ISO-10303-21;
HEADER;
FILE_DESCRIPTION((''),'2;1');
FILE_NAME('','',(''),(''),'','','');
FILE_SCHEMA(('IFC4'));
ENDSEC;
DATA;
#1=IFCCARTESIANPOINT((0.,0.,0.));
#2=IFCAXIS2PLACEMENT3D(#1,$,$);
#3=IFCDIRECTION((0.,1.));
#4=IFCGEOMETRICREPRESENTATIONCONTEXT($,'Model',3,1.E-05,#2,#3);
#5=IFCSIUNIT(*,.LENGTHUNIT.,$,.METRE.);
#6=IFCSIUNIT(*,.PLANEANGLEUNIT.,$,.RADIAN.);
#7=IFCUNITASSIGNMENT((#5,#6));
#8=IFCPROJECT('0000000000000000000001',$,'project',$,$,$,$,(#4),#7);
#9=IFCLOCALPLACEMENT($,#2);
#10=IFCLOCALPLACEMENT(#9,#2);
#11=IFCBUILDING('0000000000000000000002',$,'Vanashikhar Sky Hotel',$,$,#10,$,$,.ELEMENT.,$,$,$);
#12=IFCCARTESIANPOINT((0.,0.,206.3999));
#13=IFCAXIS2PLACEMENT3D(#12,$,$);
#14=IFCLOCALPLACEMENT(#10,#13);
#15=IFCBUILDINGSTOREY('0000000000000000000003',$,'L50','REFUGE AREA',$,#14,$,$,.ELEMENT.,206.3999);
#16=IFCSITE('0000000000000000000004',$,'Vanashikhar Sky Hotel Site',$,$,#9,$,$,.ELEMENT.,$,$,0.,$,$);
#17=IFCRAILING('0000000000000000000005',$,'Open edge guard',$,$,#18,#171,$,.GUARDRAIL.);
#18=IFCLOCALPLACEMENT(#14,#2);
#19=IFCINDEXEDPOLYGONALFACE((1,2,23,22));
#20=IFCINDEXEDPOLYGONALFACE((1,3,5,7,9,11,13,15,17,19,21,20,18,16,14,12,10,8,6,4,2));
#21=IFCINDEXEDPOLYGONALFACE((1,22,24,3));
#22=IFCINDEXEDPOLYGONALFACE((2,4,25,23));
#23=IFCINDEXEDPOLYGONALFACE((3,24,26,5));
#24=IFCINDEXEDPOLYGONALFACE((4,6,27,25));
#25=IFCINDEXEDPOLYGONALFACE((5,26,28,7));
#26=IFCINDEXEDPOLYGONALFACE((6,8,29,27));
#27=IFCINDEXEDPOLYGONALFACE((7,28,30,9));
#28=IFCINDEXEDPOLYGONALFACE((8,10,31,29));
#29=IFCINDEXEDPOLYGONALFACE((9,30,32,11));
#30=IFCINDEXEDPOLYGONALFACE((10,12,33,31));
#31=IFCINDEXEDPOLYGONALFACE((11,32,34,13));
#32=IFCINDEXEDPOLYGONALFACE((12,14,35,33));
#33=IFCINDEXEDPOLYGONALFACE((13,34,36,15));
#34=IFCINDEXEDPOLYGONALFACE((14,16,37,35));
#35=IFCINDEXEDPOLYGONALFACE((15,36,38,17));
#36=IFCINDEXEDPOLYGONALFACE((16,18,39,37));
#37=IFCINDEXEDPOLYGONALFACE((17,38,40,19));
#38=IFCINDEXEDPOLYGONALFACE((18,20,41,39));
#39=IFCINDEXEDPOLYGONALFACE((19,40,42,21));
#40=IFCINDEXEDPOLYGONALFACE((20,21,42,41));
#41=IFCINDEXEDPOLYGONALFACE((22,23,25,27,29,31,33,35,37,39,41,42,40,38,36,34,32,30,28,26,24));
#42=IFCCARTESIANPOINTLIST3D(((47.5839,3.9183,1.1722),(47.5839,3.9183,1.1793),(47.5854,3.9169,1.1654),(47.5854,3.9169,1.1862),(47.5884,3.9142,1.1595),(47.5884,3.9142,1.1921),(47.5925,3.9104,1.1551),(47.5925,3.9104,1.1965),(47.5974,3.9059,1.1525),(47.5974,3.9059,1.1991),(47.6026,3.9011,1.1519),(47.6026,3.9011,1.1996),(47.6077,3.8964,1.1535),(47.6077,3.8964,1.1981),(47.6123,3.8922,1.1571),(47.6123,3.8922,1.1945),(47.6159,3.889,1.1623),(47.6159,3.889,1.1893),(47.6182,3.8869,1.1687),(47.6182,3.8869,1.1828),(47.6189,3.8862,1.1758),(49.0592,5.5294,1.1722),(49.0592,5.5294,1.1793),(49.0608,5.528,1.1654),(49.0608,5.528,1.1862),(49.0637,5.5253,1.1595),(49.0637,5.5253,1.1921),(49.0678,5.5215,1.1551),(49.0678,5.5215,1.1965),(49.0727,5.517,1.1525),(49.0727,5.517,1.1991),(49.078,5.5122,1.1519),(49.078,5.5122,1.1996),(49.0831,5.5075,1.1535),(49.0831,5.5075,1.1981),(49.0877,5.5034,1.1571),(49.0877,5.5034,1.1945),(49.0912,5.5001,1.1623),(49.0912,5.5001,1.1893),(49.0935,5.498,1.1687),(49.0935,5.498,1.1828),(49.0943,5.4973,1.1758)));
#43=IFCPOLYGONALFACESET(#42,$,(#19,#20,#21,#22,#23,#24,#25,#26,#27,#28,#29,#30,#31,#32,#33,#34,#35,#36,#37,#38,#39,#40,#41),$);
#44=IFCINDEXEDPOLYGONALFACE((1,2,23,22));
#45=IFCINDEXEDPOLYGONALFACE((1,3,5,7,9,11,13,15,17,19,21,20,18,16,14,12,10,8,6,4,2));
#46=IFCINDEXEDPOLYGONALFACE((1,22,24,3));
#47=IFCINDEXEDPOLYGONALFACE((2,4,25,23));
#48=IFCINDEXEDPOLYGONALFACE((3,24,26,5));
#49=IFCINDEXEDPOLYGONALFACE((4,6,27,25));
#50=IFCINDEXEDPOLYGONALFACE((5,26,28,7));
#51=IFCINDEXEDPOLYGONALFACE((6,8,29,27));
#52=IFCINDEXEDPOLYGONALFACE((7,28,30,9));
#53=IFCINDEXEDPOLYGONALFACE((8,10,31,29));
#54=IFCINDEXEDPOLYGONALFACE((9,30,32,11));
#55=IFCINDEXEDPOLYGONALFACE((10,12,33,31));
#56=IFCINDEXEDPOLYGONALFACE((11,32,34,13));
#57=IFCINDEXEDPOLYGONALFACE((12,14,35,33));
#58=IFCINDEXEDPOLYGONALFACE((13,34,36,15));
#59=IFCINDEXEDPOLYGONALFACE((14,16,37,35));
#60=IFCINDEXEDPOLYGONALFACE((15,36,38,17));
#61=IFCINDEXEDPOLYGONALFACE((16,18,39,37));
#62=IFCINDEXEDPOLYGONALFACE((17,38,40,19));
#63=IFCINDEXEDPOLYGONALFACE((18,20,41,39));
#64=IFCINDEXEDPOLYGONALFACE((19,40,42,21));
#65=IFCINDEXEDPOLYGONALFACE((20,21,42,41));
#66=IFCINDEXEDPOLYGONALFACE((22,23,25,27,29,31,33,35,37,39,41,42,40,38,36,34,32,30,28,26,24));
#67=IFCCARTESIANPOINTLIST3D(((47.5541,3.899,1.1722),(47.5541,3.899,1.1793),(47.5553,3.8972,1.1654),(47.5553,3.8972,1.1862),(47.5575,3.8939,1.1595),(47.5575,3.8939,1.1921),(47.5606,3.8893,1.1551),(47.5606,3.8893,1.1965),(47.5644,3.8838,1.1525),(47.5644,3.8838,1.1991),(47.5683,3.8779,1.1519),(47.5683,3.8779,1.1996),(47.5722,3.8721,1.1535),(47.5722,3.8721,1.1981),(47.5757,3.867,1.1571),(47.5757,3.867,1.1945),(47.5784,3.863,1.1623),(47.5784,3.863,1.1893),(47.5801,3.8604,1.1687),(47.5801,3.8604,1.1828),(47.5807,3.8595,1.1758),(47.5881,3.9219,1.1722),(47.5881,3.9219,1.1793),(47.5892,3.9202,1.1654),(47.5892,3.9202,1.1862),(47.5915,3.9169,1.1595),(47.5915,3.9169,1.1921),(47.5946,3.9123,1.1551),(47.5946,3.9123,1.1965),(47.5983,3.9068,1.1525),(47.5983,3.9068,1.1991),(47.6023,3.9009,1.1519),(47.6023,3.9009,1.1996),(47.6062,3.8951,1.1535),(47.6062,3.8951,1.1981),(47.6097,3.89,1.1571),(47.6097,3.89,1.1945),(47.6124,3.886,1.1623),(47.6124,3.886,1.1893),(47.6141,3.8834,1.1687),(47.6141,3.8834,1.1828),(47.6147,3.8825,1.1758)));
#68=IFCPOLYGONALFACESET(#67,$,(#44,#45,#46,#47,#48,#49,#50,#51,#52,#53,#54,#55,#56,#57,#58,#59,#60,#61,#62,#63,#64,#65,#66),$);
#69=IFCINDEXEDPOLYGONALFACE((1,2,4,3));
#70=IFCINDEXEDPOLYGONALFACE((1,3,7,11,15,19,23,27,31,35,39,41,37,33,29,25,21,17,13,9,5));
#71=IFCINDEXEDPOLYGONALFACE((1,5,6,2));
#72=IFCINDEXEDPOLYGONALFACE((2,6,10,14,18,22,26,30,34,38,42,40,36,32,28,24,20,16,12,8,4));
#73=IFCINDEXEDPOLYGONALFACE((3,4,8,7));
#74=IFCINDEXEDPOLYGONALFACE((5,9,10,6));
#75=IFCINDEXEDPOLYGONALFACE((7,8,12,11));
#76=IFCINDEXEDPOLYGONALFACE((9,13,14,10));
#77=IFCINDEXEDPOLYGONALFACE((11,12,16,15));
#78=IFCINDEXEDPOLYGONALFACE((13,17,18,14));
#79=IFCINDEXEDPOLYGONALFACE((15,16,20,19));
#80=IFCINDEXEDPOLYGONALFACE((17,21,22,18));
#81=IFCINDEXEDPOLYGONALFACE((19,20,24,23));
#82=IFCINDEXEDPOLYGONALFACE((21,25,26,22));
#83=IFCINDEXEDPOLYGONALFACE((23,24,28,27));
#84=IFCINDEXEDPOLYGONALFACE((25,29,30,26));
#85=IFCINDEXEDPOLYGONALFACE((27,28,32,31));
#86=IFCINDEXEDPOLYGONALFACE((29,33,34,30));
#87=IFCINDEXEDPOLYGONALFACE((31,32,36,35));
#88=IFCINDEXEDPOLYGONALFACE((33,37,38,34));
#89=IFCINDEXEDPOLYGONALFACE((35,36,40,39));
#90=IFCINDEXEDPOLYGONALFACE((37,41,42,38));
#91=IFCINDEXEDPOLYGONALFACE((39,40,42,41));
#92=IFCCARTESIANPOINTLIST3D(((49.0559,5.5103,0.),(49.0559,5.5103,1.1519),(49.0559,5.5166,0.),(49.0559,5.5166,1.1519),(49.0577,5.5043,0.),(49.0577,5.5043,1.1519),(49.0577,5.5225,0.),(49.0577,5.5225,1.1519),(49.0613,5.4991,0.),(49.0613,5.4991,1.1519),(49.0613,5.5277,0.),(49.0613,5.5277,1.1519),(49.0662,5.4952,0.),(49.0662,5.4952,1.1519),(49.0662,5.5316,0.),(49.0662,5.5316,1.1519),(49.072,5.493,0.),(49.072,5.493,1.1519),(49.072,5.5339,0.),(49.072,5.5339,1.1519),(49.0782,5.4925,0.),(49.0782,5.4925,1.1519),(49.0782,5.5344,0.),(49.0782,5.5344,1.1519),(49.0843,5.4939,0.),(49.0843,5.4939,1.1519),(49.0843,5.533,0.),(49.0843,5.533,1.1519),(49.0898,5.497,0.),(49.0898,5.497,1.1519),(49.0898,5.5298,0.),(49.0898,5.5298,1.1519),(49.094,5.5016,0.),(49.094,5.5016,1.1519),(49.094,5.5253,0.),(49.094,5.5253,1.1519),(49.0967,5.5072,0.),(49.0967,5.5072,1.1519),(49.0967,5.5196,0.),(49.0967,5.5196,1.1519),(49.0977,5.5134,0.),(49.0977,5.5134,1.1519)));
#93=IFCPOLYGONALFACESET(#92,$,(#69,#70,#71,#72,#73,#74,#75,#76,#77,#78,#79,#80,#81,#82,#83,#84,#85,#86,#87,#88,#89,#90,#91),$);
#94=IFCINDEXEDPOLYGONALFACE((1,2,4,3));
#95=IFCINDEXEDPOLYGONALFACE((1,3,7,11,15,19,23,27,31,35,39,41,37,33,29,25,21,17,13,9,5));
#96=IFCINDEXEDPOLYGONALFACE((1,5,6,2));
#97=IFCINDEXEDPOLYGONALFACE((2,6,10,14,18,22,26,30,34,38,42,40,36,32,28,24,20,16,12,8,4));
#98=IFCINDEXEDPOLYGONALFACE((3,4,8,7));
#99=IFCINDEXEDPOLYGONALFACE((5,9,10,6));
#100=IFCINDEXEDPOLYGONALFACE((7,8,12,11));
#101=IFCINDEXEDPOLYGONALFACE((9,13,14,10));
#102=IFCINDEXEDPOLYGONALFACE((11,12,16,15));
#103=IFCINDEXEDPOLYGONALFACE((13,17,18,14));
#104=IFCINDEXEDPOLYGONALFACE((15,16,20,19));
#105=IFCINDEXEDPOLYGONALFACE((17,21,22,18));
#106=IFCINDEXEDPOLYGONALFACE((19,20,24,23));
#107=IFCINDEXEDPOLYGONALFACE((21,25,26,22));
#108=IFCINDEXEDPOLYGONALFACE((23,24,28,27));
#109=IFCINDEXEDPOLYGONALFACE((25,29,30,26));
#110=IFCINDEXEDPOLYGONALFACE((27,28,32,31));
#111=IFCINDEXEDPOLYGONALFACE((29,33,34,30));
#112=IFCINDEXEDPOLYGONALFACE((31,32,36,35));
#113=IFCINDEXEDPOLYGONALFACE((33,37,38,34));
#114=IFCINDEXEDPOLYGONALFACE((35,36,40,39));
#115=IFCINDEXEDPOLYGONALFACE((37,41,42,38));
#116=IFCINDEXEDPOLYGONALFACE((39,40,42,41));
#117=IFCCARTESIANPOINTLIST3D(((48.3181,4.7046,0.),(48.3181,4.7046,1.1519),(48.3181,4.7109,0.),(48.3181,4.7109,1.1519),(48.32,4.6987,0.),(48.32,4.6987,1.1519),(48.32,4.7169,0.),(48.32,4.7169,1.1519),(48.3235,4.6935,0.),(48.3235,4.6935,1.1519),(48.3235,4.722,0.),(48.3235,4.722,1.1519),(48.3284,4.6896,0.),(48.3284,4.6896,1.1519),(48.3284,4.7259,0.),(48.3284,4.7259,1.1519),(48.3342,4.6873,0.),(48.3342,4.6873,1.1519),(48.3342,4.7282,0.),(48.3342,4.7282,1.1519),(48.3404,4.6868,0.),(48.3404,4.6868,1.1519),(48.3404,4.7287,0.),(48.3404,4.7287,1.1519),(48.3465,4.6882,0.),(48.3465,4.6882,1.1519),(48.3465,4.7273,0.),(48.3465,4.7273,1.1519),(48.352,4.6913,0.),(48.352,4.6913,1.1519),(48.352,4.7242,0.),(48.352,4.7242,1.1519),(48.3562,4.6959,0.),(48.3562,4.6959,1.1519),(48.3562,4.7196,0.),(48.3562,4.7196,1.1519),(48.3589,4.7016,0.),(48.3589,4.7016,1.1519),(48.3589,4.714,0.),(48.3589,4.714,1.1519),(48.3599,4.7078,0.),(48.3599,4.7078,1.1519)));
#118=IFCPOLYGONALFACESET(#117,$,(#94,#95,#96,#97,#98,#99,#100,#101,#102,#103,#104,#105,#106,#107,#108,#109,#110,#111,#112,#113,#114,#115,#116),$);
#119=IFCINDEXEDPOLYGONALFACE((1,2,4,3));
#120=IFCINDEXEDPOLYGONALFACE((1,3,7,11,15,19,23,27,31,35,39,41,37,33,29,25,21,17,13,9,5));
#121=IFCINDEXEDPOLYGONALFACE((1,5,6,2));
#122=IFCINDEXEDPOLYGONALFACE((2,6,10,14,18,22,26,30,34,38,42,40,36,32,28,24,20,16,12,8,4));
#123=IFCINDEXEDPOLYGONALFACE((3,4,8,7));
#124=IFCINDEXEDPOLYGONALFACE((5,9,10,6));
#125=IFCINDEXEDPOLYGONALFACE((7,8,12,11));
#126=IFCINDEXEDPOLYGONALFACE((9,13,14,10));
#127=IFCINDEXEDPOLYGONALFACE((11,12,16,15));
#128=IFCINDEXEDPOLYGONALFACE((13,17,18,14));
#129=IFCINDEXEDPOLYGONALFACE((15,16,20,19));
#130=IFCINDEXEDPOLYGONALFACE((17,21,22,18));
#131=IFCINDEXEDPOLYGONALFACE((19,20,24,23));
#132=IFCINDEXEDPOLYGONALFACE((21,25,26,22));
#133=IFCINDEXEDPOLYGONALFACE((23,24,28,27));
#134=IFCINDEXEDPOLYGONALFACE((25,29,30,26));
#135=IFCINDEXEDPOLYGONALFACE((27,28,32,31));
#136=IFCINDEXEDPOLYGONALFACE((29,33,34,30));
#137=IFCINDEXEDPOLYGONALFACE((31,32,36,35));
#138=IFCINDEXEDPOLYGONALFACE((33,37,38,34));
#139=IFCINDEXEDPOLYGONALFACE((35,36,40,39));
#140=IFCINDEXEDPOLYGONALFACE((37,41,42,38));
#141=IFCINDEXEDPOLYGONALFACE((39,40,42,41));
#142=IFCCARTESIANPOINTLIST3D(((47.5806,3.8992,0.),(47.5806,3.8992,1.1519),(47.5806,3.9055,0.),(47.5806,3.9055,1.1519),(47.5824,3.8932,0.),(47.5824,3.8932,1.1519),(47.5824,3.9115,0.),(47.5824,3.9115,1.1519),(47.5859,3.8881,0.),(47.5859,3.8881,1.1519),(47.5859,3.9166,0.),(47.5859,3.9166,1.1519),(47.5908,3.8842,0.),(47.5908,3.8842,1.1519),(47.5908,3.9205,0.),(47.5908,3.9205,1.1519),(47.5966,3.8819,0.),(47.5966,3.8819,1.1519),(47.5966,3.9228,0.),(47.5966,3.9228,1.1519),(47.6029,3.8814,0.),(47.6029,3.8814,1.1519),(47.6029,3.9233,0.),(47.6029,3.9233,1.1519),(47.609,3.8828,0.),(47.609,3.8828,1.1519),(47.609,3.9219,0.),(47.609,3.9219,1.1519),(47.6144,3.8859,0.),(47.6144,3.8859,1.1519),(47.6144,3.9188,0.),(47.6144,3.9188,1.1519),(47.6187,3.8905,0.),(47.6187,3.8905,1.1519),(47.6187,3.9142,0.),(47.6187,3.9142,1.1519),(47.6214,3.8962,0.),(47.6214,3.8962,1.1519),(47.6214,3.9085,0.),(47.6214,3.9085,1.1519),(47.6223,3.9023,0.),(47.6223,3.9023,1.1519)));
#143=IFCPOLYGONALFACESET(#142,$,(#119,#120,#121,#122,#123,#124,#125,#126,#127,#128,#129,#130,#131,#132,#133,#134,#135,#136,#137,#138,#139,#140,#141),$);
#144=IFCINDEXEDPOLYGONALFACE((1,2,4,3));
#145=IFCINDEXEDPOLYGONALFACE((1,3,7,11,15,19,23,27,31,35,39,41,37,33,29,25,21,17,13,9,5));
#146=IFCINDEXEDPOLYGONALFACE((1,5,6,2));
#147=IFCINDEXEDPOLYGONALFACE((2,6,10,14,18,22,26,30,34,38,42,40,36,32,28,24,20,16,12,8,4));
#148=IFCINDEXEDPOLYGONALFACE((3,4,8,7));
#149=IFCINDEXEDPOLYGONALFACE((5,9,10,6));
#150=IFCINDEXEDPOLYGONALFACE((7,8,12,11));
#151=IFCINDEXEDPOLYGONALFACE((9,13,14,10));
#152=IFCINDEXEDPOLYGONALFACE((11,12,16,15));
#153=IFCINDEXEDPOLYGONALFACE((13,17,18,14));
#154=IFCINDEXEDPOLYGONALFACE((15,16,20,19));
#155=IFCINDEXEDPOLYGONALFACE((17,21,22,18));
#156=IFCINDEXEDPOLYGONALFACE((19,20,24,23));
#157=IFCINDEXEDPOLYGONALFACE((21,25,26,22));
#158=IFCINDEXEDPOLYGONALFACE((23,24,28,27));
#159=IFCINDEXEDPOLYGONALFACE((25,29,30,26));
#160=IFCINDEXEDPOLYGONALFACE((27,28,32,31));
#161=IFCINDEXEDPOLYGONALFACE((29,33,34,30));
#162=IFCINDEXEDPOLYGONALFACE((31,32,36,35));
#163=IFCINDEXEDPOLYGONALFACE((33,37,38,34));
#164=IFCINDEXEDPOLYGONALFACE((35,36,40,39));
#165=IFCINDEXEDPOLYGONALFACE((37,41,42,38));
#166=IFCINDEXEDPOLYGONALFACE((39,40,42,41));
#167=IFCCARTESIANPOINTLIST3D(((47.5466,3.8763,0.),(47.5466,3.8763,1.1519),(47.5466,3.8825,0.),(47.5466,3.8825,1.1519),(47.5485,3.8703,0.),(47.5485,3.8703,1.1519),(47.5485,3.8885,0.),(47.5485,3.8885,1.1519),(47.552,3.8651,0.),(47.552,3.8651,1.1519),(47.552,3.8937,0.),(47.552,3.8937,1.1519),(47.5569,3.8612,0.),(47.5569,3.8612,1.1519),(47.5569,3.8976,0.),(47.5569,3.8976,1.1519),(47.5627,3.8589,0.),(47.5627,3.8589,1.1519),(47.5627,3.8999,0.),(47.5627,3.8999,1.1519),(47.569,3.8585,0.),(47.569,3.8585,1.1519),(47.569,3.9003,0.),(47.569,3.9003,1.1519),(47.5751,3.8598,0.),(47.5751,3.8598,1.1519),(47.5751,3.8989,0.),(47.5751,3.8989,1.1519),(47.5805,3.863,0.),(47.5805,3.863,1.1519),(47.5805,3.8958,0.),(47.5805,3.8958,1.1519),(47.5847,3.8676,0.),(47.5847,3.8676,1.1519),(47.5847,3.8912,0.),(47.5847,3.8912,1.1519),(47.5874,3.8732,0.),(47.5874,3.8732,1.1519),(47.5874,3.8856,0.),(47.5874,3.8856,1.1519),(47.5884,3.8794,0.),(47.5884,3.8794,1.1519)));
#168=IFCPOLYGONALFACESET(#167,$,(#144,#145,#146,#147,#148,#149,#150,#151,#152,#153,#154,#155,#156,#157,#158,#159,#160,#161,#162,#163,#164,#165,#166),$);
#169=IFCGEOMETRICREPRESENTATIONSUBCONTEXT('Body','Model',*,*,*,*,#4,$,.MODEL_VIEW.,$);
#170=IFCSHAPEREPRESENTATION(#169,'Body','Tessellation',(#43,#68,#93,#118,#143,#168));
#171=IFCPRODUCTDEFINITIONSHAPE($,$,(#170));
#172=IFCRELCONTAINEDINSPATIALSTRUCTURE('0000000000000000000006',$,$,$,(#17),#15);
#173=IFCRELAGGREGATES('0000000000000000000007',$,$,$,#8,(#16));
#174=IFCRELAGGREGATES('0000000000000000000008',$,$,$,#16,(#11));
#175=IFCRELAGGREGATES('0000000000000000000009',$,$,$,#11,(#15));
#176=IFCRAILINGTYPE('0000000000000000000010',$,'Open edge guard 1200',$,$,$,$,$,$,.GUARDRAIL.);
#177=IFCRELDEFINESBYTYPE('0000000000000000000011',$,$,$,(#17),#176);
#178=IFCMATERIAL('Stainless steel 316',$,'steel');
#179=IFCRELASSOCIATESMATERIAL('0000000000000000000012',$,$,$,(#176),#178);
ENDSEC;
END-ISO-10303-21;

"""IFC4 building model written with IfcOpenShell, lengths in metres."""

from ifc_helpers import new_model, si_unit, direction, frame, origin, origin_2d, place, context, subcontext, project, spatial, circle, extrude, source, transform, mapped, material, type_object, element, save


model = new_model("IFC4")

# Units and contexts
model_context = context("Model", 3, precision=1e-05, world=origin(), true_north=direction((0.0, 1.0)))
body_context = subcontext(model_context, "Body", "Model", "MODEL_VIEW")
ifc_project = project(units=[si_unit("LENGTHUNIT", "METRE"), si_unit("PLANEANGLEUNIT", "RADIAN")], contexts=[model_context])

# Site, building, storey
site_placement = place(None, origin())
site = spatial("IfcSite", under=ifc_project, at=site_placement, Name="Vanashikhar Sky Hotel Site", CompositionType="ELEMENT", RefElevation=0.0)
building_placement = place(site_placement, origin())
building = spatial("IfcBuilding", under=site, at=building_placement, Name="Vanashikhar Sky Hotel", CompositionType="ELEMENT")
storey_placement = place(building_placement, frame((0.0, 0.0, 206.3999)))
storey = spatial("IfcBuildingStorey", under=building, at=storey_placement, Name="L50", Description="REFUGE AREA", CompositionType="ELEMENT", Elevation=206.3999)

# Railing
ifc_material_1 = material(Name="Stainless steel 316", Category="steel")
railing_type = type_object("IfcRailingType", Name="Open edge guard 1200", PredefinedType="GUARDRAIL", material=ifc_material_1)
shared_shape_1 = source(origin(), body_context, "Body", "SweptSolid", [
    extrude(circle(Radius=0.0239, at=origin_2d()), frame((0.0, 0.0, 1.1758), z_axis=(-0.675355, -0.737493, 0.0), x_axis=(0.737493, -0.675355, 0.0)), (0.0, 0.0, 1.0), 2.1846),
    extrude(circle(Radius=0.0239, at=origin_2d()), frame((-1.4753, -1.6111, 1.1758), z_axis=(-0.828365, -0.560189, 0.0), x_axis=(0.560189, -0.828365, 0.0)), (0.0, 0.0, 1.0), 0.041),
    extrude(circle(Radius=0.021, at=origin_2d()), origin(), (0.0, 0.0, 1.0), 1.1519),
    extrude(circle(Radius=0.021, at=origin_2d()), frame((-0.7378, -0.8057, 0.0)), (0.0, 0.0, 1.0), 1.1519),
    extrude(circle(Radius=0.021, at=origin_2d()), frame((-1.4753, -1.6111, 0.0)), (0.0, 0.0, 1.0), 1.1519),
    extrude(circle(Radius=0.021, at=origin_2d()), frame((-1.5093, -1.634, 0.0)), (0.0, 0.0, 1.0), 1.1519),
])
railing_1_placement = place(storey_placement, frame((49.0767, 5.5134, 0.0)))
element("IfcRailing", 1, at=railing_1_placement, inside=storey, type_object=railing_type, Name="Open edge guard", PredefinedType="GUARDRAIL", context=body_context, shape_type="MappedRepresentation", body=[
    mapped(shared_shape_1, transform((0.0, 0.0, 0.0), scale=1.0)),
])

save(model, "model.ifc")
